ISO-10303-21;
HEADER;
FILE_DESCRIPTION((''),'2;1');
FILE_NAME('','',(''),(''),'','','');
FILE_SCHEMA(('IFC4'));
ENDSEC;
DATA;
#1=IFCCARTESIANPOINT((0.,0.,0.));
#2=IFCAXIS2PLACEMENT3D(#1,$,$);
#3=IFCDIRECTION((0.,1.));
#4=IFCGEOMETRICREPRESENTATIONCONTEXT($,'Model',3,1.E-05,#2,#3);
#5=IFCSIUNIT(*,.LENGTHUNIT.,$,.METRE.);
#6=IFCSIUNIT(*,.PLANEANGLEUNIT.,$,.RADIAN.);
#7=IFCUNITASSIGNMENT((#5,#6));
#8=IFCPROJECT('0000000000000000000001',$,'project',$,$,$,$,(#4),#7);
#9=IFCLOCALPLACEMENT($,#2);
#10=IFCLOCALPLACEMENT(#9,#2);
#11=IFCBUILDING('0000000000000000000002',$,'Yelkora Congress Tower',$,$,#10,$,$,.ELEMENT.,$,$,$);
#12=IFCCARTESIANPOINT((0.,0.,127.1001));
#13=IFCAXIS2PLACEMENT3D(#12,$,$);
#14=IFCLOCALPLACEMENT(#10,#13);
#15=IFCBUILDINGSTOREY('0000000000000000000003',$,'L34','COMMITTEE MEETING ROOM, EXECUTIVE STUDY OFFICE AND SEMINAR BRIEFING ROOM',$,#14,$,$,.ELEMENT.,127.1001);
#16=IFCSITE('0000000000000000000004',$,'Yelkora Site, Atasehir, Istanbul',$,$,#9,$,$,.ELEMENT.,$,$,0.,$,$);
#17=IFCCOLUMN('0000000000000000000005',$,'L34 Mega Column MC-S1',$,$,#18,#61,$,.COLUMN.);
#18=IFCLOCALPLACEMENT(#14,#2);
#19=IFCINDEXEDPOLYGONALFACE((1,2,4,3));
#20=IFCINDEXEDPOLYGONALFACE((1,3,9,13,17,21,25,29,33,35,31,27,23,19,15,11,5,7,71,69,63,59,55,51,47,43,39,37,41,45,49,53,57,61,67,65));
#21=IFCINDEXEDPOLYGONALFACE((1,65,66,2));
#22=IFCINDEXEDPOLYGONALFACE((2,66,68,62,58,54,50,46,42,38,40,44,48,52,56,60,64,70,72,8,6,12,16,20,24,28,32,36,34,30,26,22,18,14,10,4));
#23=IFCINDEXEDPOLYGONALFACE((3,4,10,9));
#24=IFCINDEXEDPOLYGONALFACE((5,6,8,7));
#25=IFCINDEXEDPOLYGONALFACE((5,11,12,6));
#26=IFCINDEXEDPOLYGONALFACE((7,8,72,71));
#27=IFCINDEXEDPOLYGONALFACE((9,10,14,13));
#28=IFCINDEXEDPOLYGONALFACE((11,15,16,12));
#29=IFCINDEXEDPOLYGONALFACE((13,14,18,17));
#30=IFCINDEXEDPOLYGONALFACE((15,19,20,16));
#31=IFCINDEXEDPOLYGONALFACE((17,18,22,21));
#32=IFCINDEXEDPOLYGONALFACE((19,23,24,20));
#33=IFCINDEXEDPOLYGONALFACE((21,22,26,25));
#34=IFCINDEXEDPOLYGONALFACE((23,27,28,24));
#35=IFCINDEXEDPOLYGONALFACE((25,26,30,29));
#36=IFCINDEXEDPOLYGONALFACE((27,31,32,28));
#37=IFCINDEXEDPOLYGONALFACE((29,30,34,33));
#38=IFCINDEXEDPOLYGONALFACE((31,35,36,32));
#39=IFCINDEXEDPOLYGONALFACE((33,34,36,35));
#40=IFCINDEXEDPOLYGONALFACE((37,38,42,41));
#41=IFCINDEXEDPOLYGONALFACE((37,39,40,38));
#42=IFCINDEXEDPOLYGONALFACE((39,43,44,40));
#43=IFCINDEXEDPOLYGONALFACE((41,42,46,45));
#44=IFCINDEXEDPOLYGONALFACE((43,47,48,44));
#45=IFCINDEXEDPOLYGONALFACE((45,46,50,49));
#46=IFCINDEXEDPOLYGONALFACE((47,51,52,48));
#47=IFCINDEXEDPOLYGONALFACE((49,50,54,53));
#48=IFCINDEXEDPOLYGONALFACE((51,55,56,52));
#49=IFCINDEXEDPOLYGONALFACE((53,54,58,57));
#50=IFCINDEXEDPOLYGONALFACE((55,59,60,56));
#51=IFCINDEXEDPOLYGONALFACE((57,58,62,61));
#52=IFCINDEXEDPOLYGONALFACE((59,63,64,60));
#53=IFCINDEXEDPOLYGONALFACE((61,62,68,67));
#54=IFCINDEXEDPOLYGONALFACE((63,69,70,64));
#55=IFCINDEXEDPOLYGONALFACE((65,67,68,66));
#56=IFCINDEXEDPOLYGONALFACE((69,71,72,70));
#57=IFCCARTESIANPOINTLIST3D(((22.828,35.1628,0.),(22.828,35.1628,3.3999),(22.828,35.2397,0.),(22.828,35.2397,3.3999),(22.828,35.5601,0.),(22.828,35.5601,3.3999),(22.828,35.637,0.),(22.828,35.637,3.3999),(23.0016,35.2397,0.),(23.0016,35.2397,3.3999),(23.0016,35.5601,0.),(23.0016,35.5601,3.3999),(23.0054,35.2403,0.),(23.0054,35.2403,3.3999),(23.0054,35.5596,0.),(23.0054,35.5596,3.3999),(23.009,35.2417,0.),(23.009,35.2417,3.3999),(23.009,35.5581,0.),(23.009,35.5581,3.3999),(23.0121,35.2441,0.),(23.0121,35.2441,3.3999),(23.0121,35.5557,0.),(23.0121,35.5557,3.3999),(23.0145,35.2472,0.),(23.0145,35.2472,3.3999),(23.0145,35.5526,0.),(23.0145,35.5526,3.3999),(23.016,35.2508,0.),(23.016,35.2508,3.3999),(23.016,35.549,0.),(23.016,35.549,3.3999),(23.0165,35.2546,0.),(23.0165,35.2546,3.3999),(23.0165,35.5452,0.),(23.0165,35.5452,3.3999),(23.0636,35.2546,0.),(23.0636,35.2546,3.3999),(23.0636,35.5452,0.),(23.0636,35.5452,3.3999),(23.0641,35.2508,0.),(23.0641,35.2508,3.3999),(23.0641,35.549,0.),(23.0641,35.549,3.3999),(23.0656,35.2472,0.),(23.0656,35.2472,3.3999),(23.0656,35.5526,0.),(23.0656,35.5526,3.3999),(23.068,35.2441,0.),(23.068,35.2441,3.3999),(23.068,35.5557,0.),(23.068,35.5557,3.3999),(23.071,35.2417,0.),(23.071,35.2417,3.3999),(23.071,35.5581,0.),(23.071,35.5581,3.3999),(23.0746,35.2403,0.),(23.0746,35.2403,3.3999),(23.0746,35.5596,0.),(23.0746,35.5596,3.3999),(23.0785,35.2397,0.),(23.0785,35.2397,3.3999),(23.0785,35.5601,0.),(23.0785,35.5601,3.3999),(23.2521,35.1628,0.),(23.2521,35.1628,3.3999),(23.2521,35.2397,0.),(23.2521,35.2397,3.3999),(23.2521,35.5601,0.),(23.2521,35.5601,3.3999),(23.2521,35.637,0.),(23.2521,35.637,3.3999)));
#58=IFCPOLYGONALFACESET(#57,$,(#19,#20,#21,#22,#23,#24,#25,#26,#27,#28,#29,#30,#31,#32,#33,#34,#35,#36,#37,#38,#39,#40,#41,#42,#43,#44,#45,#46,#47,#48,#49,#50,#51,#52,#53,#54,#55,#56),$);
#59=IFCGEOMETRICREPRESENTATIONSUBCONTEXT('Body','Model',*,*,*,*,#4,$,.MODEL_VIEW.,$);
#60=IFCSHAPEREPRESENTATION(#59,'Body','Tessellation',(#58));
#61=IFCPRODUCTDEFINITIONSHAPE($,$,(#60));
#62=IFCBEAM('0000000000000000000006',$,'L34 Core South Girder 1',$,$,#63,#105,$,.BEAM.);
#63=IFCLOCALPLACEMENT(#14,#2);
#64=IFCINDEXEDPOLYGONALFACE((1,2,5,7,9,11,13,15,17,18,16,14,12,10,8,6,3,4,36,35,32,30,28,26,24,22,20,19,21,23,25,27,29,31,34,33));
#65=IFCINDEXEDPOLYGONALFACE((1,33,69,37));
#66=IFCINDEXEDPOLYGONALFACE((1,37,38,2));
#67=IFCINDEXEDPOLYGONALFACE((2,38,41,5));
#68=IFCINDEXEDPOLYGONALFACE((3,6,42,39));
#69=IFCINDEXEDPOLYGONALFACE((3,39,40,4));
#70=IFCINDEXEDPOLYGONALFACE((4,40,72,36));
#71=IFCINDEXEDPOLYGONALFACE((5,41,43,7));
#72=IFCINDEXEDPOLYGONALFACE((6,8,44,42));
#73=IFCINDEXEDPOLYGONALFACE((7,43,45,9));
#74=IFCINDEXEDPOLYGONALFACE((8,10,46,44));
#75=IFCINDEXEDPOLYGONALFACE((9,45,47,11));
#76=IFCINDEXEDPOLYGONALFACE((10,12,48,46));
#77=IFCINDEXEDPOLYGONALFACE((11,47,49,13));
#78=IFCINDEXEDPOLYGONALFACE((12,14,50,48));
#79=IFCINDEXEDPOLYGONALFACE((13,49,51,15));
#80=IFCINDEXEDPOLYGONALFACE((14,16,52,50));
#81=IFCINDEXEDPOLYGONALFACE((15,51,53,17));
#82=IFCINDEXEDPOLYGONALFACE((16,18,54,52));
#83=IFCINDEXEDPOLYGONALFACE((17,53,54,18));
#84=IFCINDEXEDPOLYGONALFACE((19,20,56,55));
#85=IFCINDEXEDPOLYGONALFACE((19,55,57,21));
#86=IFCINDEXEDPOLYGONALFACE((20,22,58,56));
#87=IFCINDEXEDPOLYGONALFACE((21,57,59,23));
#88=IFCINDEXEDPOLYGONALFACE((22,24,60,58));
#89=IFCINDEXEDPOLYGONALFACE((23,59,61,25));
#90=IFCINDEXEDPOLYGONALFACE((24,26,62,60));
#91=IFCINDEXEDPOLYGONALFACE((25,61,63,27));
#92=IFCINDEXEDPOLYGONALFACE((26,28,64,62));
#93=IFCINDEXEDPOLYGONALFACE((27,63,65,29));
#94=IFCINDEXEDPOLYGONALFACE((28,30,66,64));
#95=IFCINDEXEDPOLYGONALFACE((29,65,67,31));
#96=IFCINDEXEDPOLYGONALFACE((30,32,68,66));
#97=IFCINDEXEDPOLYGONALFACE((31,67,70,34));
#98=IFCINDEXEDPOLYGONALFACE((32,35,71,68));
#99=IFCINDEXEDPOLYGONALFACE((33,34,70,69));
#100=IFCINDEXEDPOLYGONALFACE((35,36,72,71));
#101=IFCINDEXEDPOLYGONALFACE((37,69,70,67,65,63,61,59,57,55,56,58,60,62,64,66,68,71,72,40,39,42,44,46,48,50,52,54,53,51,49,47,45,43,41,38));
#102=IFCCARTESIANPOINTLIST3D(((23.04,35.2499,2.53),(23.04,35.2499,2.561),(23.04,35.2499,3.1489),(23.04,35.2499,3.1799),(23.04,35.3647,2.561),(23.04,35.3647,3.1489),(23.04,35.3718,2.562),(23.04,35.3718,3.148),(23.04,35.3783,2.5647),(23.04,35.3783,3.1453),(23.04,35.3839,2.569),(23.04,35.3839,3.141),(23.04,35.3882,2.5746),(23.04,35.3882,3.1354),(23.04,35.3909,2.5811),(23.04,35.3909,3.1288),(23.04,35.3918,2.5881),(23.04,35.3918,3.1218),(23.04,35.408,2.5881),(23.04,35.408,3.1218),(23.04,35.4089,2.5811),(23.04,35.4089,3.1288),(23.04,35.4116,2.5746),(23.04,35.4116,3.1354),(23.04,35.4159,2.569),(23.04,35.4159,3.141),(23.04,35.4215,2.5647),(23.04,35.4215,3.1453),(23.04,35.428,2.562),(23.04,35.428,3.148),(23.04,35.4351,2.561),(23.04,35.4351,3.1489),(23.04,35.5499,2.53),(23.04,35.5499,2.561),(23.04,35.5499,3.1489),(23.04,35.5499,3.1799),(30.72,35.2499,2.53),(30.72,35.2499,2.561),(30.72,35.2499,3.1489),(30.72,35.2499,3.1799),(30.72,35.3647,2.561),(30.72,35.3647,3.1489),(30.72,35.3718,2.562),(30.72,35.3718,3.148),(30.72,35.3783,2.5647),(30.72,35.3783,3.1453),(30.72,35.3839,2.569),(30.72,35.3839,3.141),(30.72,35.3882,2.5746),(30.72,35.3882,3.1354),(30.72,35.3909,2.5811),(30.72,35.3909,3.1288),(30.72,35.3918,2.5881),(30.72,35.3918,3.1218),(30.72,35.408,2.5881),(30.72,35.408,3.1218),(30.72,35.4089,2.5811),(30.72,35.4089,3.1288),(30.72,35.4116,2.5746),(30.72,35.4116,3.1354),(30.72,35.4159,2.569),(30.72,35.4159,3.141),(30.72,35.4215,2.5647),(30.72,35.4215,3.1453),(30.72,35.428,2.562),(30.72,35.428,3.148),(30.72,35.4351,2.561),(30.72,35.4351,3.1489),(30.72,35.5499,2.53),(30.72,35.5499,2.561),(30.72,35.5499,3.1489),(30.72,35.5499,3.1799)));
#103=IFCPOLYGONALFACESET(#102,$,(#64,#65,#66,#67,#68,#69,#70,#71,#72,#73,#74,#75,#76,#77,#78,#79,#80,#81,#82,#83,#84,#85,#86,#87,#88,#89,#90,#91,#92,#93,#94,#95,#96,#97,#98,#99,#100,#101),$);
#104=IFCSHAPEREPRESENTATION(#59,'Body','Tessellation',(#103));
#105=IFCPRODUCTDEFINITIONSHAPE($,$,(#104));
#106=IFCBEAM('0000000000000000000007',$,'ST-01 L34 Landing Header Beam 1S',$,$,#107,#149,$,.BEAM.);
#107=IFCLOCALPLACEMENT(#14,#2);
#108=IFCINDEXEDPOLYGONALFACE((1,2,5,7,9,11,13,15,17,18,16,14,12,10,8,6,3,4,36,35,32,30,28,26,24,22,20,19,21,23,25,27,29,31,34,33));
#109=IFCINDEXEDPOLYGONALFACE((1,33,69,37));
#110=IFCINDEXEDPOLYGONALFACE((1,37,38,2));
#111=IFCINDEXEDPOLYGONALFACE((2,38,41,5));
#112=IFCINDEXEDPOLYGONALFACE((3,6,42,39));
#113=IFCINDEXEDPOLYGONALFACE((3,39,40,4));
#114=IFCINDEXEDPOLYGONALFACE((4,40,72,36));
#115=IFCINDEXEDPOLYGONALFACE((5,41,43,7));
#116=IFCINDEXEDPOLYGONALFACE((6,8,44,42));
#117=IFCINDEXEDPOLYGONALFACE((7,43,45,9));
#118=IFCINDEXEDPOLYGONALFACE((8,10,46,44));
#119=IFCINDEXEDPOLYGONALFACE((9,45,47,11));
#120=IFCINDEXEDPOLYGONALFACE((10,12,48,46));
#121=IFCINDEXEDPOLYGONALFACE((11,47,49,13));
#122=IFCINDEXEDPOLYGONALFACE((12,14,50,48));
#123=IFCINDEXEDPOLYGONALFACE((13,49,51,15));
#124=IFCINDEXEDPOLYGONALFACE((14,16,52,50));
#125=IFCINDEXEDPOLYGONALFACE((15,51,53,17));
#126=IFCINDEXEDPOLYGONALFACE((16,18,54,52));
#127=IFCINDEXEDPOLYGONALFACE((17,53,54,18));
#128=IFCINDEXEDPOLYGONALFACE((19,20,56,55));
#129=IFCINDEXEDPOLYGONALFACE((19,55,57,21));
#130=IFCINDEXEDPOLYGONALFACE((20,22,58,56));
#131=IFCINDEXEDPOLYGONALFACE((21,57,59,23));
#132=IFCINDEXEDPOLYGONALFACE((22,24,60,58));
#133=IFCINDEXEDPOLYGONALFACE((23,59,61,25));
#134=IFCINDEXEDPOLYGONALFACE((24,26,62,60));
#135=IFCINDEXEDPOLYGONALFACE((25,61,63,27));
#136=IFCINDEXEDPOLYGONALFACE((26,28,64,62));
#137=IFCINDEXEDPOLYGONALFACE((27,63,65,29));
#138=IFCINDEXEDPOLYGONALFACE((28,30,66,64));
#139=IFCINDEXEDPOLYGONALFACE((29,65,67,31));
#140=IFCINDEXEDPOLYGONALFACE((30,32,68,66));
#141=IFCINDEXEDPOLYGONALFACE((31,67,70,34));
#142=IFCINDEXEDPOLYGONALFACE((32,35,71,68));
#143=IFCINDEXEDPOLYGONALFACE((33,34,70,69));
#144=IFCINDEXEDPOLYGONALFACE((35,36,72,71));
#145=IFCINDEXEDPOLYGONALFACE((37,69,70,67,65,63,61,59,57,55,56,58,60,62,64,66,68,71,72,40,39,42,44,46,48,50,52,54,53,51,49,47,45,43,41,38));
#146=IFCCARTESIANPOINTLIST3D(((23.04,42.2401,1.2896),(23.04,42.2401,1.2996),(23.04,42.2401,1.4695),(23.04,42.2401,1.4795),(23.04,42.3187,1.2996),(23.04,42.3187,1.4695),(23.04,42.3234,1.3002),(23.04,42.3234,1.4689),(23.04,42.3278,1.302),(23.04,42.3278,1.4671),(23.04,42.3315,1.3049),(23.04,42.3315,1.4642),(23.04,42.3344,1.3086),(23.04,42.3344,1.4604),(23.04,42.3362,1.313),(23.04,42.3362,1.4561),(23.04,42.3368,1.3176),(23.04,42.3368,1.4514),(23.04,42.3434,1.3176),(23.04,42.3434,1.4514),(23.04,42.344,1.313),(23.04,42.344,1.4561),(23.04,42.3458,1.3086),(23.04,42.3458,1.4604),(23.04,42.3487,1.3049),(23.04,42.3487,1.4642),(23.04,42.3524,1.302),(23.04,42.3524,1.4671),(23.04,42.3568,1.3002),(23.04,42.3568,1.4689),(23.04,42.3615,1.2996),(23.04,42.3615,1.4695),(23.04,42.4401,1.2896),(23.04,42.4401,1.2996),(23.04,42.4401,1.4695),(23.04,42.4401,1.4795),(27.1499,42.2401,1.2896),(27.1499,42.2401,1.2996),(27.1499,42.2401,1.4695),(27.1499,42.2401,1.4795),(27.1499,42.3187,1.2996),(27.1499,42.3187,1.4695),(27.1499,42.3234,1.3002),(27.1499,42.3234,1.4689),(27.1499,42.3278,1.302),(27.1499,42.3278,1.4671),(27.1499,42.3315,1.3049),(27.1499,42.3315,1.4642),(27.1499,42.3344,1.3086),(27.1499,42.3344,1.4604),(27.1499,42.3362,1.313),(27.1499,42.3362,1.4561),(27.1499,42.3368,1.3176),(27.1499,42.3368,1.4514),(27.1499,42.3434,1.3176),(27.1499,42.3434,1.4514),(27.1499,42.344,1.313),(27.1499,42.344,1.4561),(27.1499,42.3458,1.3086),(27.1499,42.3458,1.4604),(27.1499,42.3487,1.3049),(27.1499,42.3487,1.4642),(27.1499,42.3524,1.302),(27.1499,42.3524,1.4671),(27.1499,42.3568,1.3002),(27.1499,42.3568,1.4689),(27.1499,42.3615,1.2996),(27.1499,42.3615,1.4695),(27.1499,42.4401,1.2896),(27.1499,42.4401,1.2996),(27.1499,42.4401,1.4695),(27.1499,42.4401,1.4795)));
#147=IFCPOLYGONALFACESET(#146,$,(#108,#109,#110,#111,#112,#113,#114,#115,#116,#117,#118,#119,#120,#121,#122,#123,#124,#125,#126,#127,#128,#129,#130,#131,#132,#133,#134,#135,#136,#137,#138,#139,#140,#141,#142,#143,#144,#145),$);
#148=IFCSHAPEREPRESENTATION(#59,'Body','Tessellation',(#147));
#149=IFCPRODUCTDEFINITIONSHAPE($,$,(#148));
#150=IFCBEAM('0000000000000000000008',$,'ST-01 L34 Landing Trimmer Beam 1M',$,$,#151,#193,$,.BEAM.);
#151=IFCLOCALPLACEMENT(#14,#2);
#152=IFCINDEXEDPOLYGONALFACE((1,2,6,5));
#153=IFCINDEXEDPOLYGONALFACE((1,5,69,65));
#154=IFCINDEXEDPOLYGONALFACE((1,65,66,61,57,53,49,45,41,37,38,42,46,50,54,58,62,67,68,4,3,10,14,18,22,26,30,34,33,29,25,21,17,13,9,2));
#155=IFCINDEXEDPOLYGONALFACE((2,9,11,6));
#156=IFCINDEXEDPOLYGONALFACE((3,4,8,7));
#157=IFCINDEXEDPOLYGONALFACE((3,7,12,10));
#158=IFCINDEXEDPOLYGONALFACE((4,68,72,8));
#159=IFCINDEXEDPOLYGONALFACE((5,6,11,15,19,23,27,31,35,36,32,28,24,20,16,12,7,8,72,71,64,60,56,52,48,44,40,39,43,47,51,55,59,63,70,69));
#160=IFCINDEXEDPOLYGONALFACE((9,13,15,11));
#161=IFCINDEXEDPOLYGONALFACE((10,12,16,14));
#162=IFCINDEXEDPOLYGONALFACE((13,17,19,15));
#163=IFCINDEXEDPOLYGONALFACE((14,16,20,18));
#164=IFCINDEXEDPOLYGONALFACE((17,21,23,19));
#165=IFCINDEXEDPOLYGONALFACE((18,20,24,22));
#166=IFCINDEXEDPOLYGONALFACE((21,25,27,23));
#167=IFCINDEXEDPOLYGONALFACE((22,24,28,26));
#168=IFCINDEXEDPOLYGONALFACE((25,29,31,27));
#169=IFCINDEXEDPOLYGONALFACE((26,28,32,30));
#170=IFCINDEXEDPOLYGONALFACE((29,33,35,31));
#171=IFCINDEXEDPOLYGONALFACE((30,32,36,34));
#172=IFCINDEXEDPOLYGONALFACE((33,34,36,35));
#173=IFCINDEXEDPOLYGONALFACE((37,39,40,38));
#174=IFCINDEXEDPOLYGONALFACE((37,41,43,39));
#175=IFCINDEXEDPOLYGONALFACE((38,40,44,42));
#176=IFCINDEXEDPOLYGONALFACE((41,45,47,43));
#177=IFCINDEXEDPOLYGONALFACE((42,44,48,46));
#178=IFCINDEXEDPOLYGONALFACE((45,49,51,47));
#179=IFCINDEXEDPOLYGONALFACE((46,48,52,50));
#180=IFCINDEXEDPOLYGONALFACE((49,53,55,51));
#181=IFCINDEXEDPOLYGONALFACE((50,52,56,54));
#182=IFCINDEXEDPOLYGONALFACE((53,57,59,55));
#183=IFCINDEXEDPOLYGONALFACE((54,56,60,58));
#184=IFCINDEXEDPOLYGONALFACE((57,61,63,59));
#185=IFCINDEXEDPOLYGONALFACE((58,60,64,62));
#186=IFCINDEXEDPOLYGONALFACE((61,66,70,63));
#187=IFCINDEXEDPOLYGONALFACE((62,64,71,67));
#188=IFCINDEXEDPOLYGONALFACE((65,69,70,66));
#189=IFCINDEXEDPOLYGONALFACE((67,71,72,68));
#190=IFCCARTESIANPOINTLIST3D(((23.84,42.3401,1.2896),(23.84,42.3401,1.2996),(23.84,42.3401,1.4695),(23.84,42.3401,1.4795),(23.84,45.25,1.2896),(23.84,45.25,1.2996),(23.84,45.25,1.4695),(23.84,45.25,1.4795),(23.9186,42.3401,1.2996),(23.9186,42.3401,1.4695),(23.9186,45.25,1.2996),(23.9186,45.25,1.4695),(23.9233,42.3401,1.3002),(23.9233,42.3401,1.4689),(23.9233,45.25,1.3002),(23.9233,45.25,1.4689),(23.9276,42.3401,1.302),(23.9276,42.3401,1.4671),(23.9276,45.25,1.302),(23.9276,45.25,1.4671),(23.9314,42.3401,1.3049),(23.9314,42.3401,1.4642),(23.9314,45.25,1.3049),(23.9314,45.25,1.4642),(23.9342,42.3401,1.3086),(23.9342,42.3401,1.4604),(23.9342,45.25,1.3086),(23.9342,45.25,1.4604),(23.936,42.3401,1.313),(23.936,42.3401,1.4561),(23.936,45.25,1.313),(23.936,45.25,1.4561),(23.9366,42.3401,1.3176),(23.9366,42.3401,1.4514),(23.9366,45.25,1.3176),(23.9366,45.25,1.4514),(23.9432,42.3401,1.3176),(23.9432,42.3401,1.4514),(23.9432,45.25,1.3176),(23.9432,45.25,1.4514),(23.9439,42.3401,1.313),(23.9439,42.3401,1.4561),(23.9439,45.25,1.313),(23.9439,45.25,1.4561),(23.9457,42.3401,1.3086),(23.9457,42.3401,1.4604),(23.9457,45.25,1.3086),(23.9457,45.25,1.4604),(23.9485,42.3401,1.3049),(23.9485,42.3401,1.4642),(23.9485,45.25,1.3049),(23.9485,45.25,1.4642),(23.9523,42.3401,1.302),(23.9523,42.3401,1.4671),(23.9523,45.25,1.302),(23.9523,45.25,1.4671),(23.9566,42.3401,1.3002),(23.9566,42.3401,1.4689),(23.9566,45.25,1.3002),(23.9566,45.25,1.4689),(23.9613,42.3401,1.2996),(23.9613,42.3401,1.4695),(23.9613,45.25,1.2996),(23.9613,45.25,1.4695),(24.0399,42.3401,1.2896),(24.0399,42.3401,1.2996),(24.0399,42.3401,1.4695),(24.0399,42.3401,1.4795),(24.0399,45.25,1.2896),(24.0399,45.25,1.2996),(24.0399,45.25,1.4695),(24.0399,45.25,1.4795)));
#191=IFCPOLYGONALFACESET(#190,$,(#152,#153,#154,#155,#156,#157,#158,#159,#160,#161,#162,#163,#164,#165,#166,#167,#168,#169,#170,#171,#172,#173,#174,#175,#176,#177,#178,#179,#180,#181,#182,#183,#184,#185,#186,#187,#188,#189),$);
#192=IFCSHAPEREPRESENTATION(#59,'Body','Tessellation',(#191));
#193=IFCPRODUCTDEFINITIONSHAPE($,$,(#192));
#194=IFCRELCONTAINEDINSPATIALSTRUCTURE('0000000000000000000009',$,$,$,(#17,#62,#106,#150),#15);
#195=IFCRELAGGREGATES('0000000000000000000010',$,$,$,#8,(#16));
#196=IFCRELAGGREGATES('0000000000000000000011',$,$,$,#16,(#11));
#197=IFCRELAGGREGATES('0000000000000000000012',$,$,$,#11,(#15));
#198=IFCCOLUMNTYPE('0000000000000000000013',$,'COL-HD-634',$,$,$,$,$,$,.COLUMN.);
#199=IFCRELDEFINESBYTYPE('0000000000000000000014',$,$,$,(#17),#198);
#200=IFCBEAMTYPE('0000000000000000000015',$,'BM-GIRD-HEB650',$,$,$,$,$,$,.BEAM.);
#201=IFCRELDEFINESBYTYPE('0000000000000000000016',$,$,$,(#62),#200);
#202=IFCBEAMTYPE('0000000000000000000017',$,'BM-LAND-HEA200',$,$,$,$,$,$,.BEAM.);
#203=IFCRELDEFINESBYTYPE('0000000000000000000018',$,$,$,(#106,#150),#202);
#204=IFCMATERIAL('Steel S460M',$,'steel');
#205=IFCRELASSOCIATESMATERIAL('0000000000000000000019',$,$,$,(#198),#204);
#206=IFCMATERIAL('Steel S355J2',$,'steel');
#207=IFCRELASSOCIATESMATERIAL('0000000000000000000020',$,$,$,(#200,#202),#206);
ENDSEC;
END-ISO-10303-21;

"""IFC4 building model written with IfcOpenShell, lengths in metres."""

from ifc_helpers import new_model, si_unit, direction, frame, origin, origin_2d, place, context, subcontext, project, spatial, i_section, extrude, material, material_profile, profile_set, type_object, element, save


model = new_model("IFC4")

# Units and contexts
model_context = context("Model", 3, precision=1e-05, world=origin(), true_north=direction((0.0, 1.0)))
body_context = subcontext(model_context, "Body", "Model", "MODEL_VIEW")
ifc_project = project(units=[si_unit("LENGTHUNIT", "METRE"), si_unit("PLANEANGLEUNIT", "RADIAN")], contexts=[model_context])

# Site, building, storey
site_placement = place(None, origin())
site = spatial("IfcSite", under=ifc_project, at=site_placement, Name="Yelkora Site, Atasehir, Istanbul", CompositionType="ELEMENT", RefElevation=0.0)
building_placement = place(site_placement, origin())
building = spatial("IfcBuilding", under=site, at=building_placement, Name="Yelkora Congress Tower", CompositionType="ELEMENT")
storey_placement = place(building_placement, frame((0.0, 0.0, 127.1001)))
storey = spatial("IfcBuildingStorey", under=building, at=storey_placement, Name="L34", Description="COMMITTEE MEETING ROOM, EXECUTIVE STUDY OFFICE AND SEMINAR BRIEFING ROOM", CompositionType="ELEMENT", Elevation=127.1001)

# Column
ifc_material_1 = material(Name="Steel S460M", Category="steel")
ifc_material_profile_1 = material_profile(ifc_material_1, i_section(OverallWidth=0.4241, OverallDepth=0.4741, WebThickness=0.0471, FlangeThickness=0.0769, FilletRadius=0.0149, at=origin_2d()), Name="HD 400x634")
ifc_profile_set_1 = profile_set([ifc_material_profile_1], Name="Steel S460M")
column_type = type_object("IfcColumnType", Name="COL-HD-634", PredefinedType="COLUMN", material=ifc_profile_set_1)
column_placement = place(storey_placement, frame((23.04, 35.3999, 0.0), z_axis=(0.0, 0.0, 1.0), x_axis=(1.0, 0.0, 0.0)))
element("IfcColumn", 1, at=column_placement, inside=storey, type_object=column_type, Name="L34 Mega Column MC-S1", PredefinedType="COLUMN", context=body_context, shape_type="SweptSolid", body=[
    extrude(i_section(OverallWidth=0.4241, OverallDepth=0.4741, WebThickness=0.0471, FlangeThickness=0.0769, FilletRadius=0.0149, at=origin_2d()), origin(), (0.0, 0.0, 1.0), 3.3999),
])

# Beams
ifc_material_2 = material(Name="Steel S355J2", Category="steel")
ifc_material_profile_2 = material_profile(ifc_material_2, i_section(OverallWidth=0.3, OverallDepth=0.6499, WebThickness=0.0161, FlangeThickness=0.031, FilletRadius=0.0271, at=origin_2d()), Name="HEB 650")
ifc_profile_set_2 = profile_set([ifc_material_profile_2], Name="Steel S355J2")
beam_type_1 = type_object("IfcBeamType", Name="BM-GIRD-HEB650", PredefinedType="BEAM", material=ifc_profile_set_2)
beam_1_placement = place(storey_placement, frame((23.04, 35.3999, 2.855), z_axis=(1.0, 0.0, 0.0), x_axis=(0.0, 1.0, 0.0)))
element("IfcBeam", 2, at=beam_1_placement, inside=storey, type_object=beam_type_1, Name="L34 Core South Girder 1", PredefinedType="BEAM", context=body_context, shape_type="SweptSolid", body=[
    extrude(i_section(OverallWidth=0.3, OverallDepth=0.6499, WebThickness=0.0161, FlangeThickness=0.031, FilletRadius=0.0271, at=origin_2d()), origin(), (0.0, 0.0, 1.0), 7.6799),
])
ifc_material_profile_3 = material_profile(ifc_material_2, i_section(OverallWidth=0.2, OverallDepth=0.1899, WebThickness=0.0066, FlangeThickness=0.01, FilletRadius=0.0181, at=origin_2d()), Name="HEA 200")
ifc_profile_set_3 = profile_set([ifc_material_profile_3], Name="Steel S355J2")
beam_type_2 = type_object("IfcBeamType", Name="BM-LAND-HEA200", PredefinedType="BEAM", material=ifc_profile_set_3)
beam_2_placement = place(storey_placement, frame((23.04, 42.3401, 1.3845), z_axis=(1.0, 0.0, 0.0), x_axis=(0.0, 1.0, 0.0)))
element("IfcBeam", 3, at=beam_2_placement, inside=storey, type_object=beam_type_2, Name="ST-01 L34 Landing Header Beam 1S", PredefinedType="BEAM", context=body_context, shape_type="SweptSolid", body=[
    extrude(i_section(OverallWidth=0.2, OverallDepth=0.1899, WebThickness=0.0066, FlangeThickness=0.01, FilletRadius=0.0181, at=origin_2d()), origin(), (0.0, 0.0, 1.0), 4.1099),
])
beam_3_placement = place(storey_placement, frame((23.9399, 42.3401, 1.3845), z_axis=(0.0, 1.0, 0.0), x_axis=(-1.0, 0.0, 0.0)))
element("IfcBeam", 4, at=beam_3_placement, inside=storey, type_object=beam_type_2, Name="ST-01 L34 Landing Trimmer Beam 1M", PredefinedType="BEAM", context=body_context, shape_type="SweptSolid", body=[
    extrude(i_section(OverallWidth=0.2, OverallDepth=0.1899, WebThickness=0.0066, FlangeThickness=0.01, FilletRadius=0.0181, at=origin_2d()), origin(), (0.0, 0.0, 1.0), 2.9099),
])

save(model, "model.ifc")
